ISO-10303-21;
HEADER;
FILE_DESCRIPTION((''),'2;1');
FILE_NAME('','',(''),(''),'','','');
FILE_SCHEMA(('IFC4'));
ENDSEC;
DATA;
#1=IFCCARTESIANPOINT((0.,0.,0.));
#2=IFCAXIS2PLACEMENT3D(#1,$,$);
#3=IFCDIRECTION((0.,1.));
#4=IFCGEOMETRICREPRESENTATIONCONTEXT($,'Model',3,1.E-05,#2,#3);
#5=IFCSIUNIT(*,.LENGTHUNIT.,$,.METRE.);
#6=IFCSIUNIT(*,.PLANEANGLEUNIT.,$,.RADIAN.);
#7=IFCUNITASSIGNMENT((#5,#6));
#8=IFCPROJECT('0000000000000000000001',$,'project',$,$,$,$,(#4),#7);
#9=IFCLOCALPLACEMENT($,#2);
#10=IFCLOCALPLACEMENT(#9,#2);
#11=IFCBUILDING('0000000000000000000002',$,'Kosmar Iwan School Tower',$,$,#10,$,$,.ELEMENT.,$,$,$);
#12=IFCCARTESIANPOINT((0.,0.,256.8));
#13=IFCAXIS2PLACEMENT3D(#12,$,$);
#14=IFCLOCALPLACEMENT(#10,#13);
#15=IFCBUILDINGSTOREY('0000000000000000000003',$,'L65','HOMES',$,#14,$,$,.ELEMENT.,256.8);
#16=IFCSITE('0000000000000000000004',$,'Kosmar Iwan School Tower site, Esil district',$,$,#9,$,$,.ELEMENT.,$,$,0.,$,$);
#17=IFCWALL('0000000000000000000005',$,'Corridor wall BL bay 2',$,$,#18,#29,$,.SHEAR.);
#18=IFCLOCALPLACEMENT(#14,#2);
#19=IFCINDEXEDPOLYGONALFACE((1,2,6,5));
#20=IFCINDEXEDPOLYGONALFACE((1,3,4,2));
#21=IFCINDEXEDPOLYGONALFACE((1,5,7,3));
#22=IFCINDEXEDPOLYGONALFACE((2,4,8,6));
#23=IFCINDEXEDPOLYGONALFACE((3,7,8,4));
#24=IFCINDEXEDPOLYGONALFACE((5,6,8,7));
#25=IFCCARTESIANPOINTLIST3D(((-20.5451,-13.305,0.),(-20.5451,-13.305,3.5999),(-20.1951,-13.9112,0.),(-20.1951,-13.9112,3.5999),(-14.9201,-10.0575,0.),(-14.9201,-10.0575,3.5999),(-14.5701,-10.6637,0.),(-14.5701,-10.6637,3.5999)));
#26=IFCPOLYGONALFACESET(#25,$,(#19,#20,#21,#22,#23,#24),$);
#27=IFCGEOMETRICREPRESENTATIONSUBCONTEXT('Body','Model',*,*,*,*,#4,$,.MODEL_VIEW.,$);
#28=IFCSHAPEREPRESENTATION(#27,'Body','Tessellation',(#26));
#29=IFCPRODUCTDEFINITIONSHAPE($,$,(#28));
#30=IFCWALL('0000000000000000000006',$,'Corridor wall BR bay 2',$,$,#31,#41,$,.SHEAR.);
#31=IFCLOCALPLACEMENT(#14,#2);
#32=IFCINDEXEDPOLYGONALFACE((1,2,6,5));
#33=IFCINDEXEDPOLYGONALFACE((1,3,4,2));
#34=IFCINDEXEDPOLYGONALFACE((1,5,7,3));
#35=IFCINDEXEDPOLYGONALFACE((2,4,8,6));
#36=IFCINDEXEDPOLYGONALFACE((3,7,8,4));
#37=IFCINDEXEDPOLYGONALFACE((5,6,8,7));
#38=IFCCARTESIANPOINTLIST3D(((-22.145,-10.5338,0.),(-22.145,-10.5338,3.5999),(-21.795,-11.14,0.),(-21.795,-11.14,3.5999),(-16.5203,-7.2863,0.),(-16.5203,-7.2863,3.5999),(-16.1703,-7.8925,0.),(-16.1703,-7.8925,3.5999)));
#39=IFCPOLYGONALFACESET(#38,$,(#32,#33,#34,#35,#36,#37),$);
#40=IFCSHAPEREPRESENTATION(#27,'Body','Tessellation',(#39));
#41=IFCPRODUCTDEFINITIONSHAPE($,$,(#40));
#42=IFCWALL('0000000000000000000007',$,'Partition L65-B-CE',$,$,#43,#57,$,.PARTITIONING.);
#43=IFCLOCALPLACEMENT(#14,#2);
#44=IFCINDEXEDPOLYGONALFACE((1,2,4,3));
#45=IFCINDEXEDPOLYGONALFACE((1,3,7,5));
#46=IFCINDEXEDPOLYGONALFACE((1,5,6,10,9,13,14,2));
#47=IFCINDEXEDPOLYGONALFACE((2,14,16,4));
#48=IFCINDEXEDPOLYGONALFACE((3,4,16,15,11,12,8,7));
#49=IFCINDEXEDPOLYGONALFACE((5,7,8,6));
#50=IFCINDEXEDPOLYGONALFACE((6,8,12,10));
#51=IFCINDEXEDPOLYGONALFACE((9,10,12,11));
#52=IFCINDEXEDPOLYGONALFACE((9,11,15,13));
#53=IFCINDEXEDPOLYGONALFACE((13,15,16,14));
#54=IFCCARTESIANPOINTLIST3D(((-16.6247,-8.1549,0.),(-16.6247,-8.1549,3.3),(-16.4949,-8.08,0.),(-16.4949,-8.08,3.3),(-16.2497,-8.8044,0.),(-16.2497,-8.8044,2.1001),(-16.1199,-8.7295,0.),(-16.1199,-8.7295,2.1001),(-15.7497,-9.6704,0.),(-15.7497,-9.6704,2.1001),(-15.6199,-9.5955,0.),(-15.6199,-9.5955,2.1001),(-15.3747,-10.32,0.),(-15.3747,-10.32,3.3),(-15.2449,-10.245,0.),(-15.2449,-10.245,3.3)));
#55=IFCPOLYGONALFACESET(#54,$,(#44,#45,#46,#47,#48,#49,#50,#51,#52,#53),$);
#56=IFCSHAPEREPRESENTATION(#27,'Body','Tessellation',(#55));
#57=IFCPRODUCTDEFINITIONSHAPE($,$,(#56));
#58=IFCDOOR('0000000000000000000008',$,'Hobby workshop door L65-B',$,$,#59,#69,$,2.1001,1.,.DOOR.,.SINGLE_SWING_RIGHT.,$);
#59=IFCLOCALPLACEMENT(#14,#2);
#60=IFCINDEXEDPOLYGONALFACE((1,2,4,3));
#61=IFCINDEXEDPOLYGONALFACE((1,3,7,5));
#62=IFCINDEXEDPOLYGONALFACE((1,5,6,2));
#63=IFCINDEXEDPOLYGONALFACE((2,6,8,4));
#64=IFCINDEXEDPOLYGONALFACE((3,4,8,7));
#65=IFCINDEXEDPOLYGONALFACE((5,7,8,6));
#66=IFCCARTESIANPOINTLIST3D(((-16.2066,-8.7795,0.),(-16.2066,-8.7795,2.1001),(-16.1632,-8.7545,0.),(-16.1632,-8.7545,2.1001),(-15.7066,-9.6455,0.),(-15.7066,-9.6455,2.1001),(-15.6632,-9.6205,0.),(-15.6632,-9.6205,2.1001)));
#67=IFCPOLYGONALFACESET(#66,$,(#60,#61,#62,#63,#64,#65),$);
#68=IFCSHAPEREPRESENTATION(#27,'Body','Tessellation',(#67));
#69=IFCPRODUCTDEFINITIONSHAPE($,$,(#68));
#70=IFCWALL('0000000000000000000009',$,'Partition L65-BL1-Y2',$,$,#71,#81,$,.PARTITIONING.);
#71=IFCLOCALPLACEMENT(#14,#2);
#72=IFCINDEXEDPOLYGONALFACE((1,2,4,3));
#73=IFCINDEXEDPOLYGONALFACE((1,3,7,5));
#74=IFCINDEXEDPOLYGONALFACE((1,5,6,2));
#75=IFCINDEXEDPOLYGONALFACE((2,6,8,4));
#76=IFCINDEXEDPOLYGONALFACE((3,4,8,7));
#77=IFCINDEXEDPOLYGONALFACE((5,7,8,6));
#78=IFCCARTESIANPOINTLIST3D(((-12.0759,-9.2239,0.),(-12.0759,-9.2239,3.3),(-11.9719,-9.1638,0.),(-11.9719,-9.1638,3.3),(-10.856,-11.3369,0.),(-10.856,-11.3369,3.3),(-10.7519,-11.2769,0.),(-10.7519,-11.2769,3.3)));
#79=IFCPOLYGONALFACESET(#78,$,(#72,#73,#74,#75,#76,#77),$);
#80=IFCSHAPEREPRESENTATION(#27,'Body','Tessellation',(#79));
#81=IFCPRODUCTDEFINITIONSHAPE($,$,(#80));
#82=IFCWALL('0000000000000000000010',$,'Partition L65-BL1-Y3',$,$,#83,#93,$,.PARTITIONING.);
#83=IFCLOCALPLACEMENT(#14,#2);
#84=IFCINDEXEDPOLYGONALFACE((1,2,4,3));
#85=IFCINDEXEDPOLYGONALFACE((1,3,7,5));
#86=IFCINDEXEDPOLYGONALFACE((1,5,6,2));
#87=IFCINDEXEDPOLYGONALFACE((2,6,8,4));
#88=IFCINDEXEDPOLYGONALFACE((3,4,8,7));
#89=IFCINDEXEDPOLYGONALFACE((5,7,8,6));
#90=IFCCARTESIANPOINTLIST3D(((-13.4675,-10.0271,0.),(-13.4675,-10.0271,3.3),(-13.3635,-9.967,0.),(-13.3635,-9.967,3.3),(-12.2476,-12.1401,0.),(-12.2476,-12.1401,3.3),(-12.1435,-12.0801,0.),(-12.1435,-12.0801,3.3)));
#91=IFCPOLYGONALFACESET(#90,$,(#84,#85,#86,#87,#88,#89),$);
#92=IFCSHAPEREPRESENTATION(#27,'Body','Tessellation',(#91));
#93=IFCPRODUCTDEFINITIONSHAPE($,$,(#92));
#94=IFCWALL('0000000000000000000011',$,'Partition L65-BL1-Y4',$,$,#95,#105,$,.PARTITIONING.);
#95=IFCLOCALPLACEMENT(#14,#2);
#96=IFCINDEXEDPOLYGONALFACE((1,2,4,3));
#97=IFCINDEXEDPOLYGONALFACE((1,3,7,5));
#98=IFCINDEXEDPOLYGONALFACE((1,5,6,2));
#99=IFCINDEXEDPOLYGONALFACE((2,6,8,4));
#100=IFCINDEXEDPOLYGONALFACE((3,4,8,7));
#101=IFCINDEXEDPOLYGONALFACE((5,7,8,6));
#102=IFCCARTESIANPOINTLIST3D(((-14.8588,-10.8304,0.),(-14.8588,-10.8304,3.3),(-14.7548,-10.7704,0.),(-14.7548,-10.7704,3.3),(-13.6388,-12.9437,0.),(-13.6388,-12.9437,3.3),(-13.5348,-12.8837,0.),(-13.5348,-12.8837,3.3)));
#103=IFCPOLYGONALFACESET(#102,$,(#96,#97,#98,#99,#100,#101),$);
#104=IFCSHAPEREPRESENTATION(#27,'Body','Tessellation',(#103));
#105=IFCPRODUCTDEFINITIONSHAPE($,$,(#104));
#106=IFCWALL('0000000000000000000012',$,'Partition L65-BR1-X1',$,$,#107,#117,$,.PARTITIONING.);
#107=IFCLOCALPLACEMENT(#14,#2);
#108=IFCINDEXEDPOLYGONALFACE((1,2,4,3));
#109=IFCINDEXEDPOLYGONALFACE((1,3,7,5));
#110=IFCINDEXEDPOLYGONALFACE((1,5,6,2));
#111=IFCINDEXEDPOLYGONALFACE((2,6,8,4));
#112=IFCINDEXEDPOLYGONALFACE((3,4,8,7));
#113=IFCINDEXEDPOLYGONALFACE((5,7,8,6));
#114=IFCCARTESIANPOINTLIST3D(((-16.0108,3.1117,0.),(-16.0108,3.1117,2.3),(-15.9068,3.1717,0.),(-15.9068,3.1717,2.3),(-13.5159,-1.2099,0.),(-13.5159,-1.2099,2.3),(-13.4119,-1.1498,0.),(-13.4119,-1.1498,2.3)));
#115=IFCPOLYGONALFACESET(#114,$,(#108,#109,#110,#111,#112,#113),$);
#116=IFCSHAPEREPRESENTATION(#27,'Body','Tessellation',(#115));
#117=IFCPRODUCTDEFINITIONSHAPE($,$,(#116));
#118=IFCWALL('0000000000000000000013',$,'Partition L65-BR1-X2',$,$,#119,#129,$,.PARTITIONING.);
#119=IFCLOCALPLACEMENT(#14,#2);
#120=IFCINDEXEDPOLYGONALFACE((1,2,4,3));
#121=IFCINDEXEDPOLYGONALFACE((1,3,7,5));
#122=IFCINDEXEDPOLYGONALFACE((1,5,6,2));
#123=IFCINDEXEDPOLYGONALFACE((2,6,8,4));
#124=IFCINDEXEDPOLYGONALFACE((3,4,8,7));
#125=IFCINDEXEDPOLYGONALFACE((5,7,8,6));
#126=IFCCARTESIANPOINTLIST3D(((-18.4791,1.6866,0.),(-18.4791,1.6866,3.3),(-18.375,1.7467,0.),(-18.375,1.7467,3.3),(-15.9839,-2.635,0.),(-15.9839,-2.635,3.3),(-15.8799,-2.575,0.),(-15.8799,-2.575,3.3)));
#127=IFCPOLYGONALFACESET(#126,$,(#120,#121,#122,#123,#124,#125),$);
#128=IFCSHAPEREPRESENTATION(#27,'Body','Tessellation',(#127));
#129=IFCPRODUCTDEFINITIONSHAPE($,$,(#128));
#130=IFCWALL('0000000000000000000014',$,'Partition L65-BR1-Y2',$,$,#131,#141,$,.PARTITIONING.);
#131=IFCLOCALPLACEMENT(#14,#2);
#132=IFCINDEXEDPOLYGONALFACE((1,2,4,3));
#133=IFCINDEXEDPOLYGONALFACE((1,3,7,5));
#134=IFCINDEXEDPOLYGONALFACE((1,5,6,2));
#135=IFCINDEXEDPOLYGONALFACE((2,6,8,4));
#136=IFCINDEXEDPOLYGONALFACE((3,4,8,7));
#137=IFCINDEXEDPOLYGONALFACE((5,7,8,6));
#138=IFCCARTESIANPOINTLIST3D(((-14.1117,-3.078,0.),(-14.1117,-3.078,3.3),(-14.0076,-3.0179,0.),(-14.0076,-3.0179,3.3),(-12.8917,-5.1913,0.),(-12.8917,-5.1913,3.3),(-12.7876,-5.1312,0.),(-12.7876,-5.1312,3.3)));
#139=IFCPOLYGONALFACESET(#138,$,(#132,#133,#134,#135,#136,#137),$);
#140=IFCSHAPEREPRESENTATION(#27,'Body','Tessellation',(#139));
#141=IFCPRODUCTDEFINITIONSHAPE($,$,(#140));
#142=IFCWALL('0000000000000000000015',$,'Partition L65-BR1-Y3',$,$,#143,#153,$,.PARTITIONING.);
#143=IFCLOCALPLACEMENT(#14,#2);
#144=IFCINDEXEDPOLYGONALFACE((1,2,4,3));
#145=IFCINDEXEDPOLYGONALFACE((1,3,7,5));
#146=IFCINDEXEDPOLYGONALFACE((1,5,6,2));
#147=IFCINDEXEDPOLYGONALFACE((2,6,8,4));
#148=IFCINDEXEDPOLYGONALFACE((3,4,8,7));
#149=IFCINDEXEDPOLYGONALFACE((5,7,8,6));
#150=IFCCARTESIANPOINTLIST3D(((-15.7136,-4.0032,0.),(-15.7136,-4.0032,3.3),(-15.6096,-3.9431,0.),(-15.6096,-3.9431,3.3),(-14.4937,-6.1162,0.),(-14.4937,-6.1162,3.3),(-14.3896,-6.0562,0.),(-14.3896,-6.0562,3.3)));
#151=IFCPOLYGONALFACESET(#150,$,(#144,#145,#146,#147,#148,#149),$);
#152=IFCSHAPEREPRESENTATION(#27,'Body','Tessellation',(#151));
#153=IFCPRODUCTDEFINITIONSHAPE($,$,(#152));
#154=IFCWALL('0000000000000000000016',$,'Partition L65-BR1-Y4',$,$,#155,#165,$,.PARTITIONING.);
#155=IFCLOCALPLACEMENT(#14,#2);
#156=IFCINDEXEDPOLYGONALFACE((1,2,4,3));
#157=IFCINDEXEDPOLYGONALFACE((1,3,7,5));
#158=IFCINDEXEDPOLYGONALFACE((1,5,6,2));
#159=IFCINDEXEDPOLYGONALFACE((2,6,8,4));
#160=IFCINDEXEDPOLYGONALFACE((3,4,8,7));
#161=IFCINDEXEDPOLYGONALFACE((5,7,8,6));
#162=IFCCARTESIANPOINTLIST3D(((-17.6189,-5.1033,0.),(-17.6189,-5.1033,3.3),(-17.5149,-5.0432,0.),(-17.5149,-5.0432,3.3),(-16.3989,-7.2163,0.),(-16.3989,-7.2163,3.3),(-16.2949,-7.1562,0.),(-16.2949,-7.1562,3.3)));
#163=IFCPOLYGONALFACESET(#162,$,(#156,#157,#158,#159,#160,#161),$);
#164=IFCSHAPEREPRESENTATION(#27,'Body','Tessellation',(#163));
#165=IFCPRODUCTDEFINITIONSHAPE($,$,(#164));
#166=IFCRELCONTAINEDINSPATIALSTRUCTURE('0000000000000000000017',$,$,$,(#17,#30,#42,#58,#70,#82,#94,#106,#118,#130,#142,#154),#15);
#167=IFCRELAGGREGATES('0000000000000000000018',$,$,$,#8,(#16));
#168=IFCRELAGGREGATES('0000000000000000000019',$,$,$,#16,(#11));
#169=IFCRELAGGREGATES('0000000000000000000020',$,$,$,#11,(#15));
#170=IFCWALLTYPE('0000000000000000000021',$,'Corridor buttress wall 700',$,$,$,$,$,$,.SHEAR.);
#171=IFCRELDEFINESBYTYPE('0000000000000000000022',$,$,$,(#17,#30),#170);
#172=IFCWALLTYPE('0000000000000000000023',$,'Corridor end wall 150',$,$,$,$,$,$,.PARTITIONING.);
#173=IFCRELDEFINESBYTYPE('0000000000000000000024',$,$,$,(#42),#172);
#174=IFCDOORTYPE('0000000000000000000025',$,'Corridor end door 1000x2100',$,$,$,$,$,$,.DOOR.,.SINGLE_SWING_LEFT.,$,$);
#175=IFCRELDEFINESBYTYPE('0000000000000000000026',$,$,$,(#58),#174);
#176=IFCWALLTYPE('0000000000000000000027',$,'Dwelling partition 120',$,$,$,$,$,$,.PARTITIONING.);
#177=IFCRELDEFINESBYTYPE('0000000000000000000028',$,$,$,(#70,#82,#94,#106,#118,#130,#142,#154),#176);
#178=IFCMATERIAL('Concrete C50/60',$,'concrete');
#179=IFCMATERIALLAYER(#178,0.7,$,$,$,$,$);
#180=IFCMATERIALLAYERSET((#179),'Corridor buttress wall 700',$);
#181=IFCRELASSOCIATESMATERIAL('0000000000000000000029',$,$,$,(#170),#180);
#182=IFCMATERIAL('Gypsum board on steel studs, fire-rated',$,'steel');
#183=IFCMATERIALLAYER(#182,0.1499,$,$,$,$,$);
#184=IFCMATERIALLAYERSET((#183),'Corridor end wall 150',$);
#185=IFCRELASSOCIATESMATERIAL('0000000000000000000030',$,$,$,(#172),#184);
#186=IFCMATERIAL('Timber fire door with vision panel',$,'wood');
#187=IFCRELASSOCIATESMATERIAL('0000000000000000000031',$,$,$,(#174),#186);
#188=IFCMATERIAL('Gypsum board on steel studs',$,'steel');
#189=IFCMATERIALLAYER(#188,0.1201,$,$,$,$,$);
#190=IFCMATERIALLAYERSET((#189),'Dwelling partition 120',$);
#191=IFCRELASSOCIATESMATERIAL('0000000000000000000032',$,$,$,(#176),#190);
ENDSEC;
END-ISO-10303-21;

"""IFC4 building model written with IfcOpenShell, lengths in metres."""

from ifc_helpers import new_model, si_unit, direction, frame, frame_2d, origin, place, context, subcontext, project, spatial, rectangle, extrude, material, layer, layer_set, type_object, element, fill, save


model = new_model("IFC4")

# Units and contexts
model_context = context("Model", 3, precision=1e-05, world=origin(), true_north=direction((0.0, 1.0)))
body_context = subcontext(model_context, "Body", "Model", "MODEL_VIEW")
ifc_project = project(units=[si_unit("LENGTHUNIT", "METRE"), si_unit("PLANEANGLEUNIT", "RADIAN")], contexts=[model_context])

# Site, building, storey
site_placement = place(None, origin())
site = spatial("IfcSite", under=ifc_project, at=site_placement, Name="Kosmar Iwan School Tower site, Esil district", CompositionType="ELEMENT", RefElevation=0.0)
building_placement = place(site_placement, origin())
building = spatial("IfcBuilding", under=site, at=building_placement, Name="Kosmar Iwan School Tower", CompositionType="ELEMENT")
storey_placement = place(building_placement, frame((0.0, 0.0, 256.8)))
storey = spatial("IfcBuildingStorey", under=building, at=storey_placement, Name="L65", Description="HOMES", CompositionType="ELEMENT", Elevation=256.8)

# Walls
ifc_material_1 = material(Name="Concrete C50/60", Category="concrete")
ifc_layer_1 = layer(ifc_material_1, 0.7)
ifc_layer_set_1 = layer_set([ifc_layer_1], Name="Corridor buttress wall 700")
wall_type_1 = type_object("IfcWallType", Name="Corridor buttress wall 700", PredefinedType="SHEAR", material=ifc_layer_set_1)
wall_1_placement = place(storey_placement, frame((-14.7451, -10.3606, 0.0), z_axis=(0.0, 0.0, 1.0), x_axis=(-0.866028, -0.499996, 0.0)))
element("IfcWall", 1, at=wall_1_placement, inside=storey, type_object=wall_type_1, Name="Corridor wall BL bay 2", PredefinedType="SHEAR", context=body_context, shape_type="SweptSolid", body=[
    extrude(rectangle(XDim=6.4951, YDim=0.7, at=frame_2d((3.2476, 0.0))), origin(), (0.0, 0.0, 1.0), 3.5999),
])
wall_2_placement = place(storey_placement, frame((-16.3452, -7.5894, 0.0), z_axis=(0.0, 0.0, 1.0), x_axis=(-0.866018, -0.500012, 0.0)))
element("IfcWall", 2, at=wall_2_placement, inside=storey, type_object=wall_type_1, Name="Corridor wall BR bay 2", PredefinedType="SHEAR", context=body_context, shape_type="SweptSolid", body=[
    extrude(rectangle(XDim=6.4949, YDim=0.7, at=frame_2d((3.2476, 0.0))), origin(), (0.0, 0.0, 1.0), 3.5999),
])

# Wall, opening, door
ifc_material_2 = material(Name="Gypsum board on steel studs, fire-rated", Category="steel")
ifc_layer_2 = layer(ifc_material_2, 0.1499)
ifc_layer_set_2 = layer_set([ifc_layer_2], Name="Corridor end wall 150")
wall_type_2 = type_object("IfcWallType", Name="Corridor end wall 150", PredefinedType="PARTITIONING", material=ifc_layer_set_2)
wall_3_placement = place(storey_placement, frame((-16.5598, -8.1174, 0.0), z_axis=(0.0, 0.0, 1.0), x_axis=(0.500004, -0.866023, 0.0)))
wall_3 = element("IfcWall", 3, at=wall_3_placement, inside=storey, type_object=wall_type_2, Name="Partition L65-B-CE", PredefinedType="PARTITIONING", context=body_context, shape_type="SweptSolid", body=[
    extrude(rectangle(XDim=2.5, YDim=0.1499, at=frame_2d((1.25, 0.0))), origin(), (0.0, 0.0, 1.0), 3.3),
])
opening_placement = place(wall_3_placement, frame((0.75, 0.0, 0.0)))
opening = element("IfcOpeningElement", 4, at=opening_placement, cuts=wall_3, PredefinedType="OPENING", context=body_context, shape_type="SweptSolid", body=[
    extrude(rectangle(XDim=1.0, YDim=2.1001, at=frame_2d((0.5, 1.05))), frame((0.0, 0.0869, 0.0), z_axis=(0.0, -1.0, 0.0), x_axis=(1.0, 0.0, 0.0)), (0.0, 0.0, 1.0), 0.1738),
])
ifc_material_3 = material(Name="Timber fire door with vision panel", Category="wood")
door_type = type_object("IfcDoorType", Name="Corridor end door 1000x2100", OperationType="SINGLE_SWING_LEFT", PredefinedType="DOOR", material=ifc_material_3)
door_placement = place(opening_placement, origin())
door = element("IfcDoor", 5, at=door_placement, inside=storey, type_object=door_type, Name="Hobby workshop door L65-B", OperationType="SINGLE_SWING_RIGHT", OverallHeight=2.1001, OverallWidth=1.0, PredefinedType="DOOR", context=body_context, shape_type="SweptSolid", body=[
    extrude(rectangle(XDim=1.0, YDim=2.1001, at=frame_2d((0.5, 1.05))), frame((0.0, 0.0249, 0.0), z_axis=(0.0, -1.0, 0.0), x_axis=(1.0, 0.0, 0.0)), (0.0, 0.0, 1.0), 0.05),
])
fill(opening, door)

# Walls
ifc_material_4 = material(Name="Gypsum board on steel studs", Category="steel")
ifc_layer_3 = layer(ifc_material_4, 0.1201)
ifc_layer_set_3 = layer_set([ifc_layer_3], Name="Dwelling partition 120")
wall_type_3 = type_object("IfcWallType", Name="Dwelling partition 120", PredefinedType="PARTITIONING", material=ifc_layer_set_3)
for number, where, z_axis, x_axis, name in (
    (6, (-12.0239, -9.1938, 0.0), (0.0, 0.0, 1.0), (0.500003, -0.866024, 0.0), "Partition L65-BL1-Y2"),
    (7, (-13.4155, -9.9971, 0.0), (0.0, 0.0, 1.0), (0.500003, -0.866024, 0.0), "Partition L65-BL1-Y3"),
):
    element("IfcWall", number, at=place(storey_placement, frame(where, z_axis=z_axis, x_axis=x_axis)), inside=storey, type_object=wall_type_3, Name=name, PredefinedType="PARTITIONING", context=body_context, shape_type="SweptSolid", body=[
        extrude(rectangle(XDim=2.4399, YDim=0.1201, at=frame_2d((1.22, 0.0))), origin(), (0.0, 0.0, 1.0), 3.3),
    ])
wall_4_placement = place(storey_placement, frame((-14.8069, -10.8003, 0.0), z_axis=(0.0, 0.0, 1.0), x_axis=(0.499959, -0.866049, 0.0)))
element("IfcWall", 8, at=wall_4_placement, inside=storey, type_object=wall_type_3, Name="Partition L65-BL1-Y4", PredefinedType="PARTITIONING", context=body_context, shape_type="SweptSolid", body=[
    extrude(rectangle(XDim=2.4402, YDim=0.1201, at=frame_2d((1.2202, 0.0))), origin(), (0.0, 0.0, 1.0), 3.3),
])
wall_5_placement = place(storey_placement, frame((-13.4639, -1.1799, 0.0), z_axis=(0.0, 0.0, 1.0), x_axis=(-0.499975, 0.86604, 0.0)))
element("IfcWall", 9, at=wall_5_placement, inside=storey, type_object=wall_type_3, Name="Partition L65-BR1-X1", PredefinedType="PARTITIONING", context=body_context, shape_type="SweptSolid", body=[
    extrude(rectangle(XDim=4.99, YDim=0.1201, at=frame_2d((2.4951, 0.0))), origin(), (0.0, 0.0, 1.0), 2.3),
])
wall_6_placement = place(storey_placement, frame((-15.9319, -2.605, 0.0), z_axis=(0.0, 0.0, 1.0), x_axis=(-0.500012, 0.866019, 0.0)))
element("IfcWall", 10, at=wall_6_placement, inside=storey, type_object=wall_type_3, Name="Partition L65-BR1-X2", PredefinedType="PARTITIONING", context=body_context, shape_type="SweptSolid", body=[
    extrude(rectangle(XDim=4.9902, YDim=0.1201, at=frame_2d((2.4951, 0.0))), origin(), (0.0, 0.0, 1.0), 3.3),
])
wall_7_placement = place(storey_placement, frame((-12.8396, -5.1614, 0.0), z_axis=(0.0, 0.0, 1.0), x_axis=(-0.499959, 0.866049, 0.0)))
element("IfcWall", 11, at=wall_7_placement, inside=storey, type_object=wall_type_3, Name="Partition L65-BR1-Y2", PredefinedType="PARTITIONING", context=body_context, shape_type="SweptSolid", body=[
    extrude(rectangle(XDim=2.4402, YDim=0.1201, at=frame_2d((1.2202, 0.0))), origin(), (0.0, 0.0, 1.0), 3.3),
])
for number, where, z_axis, x_axis, name in (
    (12, (-14.4417, -6.0862, 0.0), (0.0, 0.0, 1.0), (-0.500003, 0.866024, 0.0), "Partition L65-BR1-Y3"),
    (13, (-16.3469, -7.1863, 0.0), (0.0, 0.0, 1.0), (-0.500003, 0.866024, 0.0), "Partition L65-BR1-Y4"),
):
    element("IfcWall", number, at=place(storey_placement, frame(where, z_axis=z_axis, x_axis=x_axis)), inside=storey, type_object=wall_type_3, Name=name, PredefinedType="PARTITIONING", context=body_context, shape_type="SweptSolid", body=[
        extrude(rectangle(XDim=2.4399, YDim=0.1201, at=frame_2d((1.22, 0.0))), origin(), (0.0, 0.0, 1.0), 3.3),
    ])

save(model, "model.ifc")
